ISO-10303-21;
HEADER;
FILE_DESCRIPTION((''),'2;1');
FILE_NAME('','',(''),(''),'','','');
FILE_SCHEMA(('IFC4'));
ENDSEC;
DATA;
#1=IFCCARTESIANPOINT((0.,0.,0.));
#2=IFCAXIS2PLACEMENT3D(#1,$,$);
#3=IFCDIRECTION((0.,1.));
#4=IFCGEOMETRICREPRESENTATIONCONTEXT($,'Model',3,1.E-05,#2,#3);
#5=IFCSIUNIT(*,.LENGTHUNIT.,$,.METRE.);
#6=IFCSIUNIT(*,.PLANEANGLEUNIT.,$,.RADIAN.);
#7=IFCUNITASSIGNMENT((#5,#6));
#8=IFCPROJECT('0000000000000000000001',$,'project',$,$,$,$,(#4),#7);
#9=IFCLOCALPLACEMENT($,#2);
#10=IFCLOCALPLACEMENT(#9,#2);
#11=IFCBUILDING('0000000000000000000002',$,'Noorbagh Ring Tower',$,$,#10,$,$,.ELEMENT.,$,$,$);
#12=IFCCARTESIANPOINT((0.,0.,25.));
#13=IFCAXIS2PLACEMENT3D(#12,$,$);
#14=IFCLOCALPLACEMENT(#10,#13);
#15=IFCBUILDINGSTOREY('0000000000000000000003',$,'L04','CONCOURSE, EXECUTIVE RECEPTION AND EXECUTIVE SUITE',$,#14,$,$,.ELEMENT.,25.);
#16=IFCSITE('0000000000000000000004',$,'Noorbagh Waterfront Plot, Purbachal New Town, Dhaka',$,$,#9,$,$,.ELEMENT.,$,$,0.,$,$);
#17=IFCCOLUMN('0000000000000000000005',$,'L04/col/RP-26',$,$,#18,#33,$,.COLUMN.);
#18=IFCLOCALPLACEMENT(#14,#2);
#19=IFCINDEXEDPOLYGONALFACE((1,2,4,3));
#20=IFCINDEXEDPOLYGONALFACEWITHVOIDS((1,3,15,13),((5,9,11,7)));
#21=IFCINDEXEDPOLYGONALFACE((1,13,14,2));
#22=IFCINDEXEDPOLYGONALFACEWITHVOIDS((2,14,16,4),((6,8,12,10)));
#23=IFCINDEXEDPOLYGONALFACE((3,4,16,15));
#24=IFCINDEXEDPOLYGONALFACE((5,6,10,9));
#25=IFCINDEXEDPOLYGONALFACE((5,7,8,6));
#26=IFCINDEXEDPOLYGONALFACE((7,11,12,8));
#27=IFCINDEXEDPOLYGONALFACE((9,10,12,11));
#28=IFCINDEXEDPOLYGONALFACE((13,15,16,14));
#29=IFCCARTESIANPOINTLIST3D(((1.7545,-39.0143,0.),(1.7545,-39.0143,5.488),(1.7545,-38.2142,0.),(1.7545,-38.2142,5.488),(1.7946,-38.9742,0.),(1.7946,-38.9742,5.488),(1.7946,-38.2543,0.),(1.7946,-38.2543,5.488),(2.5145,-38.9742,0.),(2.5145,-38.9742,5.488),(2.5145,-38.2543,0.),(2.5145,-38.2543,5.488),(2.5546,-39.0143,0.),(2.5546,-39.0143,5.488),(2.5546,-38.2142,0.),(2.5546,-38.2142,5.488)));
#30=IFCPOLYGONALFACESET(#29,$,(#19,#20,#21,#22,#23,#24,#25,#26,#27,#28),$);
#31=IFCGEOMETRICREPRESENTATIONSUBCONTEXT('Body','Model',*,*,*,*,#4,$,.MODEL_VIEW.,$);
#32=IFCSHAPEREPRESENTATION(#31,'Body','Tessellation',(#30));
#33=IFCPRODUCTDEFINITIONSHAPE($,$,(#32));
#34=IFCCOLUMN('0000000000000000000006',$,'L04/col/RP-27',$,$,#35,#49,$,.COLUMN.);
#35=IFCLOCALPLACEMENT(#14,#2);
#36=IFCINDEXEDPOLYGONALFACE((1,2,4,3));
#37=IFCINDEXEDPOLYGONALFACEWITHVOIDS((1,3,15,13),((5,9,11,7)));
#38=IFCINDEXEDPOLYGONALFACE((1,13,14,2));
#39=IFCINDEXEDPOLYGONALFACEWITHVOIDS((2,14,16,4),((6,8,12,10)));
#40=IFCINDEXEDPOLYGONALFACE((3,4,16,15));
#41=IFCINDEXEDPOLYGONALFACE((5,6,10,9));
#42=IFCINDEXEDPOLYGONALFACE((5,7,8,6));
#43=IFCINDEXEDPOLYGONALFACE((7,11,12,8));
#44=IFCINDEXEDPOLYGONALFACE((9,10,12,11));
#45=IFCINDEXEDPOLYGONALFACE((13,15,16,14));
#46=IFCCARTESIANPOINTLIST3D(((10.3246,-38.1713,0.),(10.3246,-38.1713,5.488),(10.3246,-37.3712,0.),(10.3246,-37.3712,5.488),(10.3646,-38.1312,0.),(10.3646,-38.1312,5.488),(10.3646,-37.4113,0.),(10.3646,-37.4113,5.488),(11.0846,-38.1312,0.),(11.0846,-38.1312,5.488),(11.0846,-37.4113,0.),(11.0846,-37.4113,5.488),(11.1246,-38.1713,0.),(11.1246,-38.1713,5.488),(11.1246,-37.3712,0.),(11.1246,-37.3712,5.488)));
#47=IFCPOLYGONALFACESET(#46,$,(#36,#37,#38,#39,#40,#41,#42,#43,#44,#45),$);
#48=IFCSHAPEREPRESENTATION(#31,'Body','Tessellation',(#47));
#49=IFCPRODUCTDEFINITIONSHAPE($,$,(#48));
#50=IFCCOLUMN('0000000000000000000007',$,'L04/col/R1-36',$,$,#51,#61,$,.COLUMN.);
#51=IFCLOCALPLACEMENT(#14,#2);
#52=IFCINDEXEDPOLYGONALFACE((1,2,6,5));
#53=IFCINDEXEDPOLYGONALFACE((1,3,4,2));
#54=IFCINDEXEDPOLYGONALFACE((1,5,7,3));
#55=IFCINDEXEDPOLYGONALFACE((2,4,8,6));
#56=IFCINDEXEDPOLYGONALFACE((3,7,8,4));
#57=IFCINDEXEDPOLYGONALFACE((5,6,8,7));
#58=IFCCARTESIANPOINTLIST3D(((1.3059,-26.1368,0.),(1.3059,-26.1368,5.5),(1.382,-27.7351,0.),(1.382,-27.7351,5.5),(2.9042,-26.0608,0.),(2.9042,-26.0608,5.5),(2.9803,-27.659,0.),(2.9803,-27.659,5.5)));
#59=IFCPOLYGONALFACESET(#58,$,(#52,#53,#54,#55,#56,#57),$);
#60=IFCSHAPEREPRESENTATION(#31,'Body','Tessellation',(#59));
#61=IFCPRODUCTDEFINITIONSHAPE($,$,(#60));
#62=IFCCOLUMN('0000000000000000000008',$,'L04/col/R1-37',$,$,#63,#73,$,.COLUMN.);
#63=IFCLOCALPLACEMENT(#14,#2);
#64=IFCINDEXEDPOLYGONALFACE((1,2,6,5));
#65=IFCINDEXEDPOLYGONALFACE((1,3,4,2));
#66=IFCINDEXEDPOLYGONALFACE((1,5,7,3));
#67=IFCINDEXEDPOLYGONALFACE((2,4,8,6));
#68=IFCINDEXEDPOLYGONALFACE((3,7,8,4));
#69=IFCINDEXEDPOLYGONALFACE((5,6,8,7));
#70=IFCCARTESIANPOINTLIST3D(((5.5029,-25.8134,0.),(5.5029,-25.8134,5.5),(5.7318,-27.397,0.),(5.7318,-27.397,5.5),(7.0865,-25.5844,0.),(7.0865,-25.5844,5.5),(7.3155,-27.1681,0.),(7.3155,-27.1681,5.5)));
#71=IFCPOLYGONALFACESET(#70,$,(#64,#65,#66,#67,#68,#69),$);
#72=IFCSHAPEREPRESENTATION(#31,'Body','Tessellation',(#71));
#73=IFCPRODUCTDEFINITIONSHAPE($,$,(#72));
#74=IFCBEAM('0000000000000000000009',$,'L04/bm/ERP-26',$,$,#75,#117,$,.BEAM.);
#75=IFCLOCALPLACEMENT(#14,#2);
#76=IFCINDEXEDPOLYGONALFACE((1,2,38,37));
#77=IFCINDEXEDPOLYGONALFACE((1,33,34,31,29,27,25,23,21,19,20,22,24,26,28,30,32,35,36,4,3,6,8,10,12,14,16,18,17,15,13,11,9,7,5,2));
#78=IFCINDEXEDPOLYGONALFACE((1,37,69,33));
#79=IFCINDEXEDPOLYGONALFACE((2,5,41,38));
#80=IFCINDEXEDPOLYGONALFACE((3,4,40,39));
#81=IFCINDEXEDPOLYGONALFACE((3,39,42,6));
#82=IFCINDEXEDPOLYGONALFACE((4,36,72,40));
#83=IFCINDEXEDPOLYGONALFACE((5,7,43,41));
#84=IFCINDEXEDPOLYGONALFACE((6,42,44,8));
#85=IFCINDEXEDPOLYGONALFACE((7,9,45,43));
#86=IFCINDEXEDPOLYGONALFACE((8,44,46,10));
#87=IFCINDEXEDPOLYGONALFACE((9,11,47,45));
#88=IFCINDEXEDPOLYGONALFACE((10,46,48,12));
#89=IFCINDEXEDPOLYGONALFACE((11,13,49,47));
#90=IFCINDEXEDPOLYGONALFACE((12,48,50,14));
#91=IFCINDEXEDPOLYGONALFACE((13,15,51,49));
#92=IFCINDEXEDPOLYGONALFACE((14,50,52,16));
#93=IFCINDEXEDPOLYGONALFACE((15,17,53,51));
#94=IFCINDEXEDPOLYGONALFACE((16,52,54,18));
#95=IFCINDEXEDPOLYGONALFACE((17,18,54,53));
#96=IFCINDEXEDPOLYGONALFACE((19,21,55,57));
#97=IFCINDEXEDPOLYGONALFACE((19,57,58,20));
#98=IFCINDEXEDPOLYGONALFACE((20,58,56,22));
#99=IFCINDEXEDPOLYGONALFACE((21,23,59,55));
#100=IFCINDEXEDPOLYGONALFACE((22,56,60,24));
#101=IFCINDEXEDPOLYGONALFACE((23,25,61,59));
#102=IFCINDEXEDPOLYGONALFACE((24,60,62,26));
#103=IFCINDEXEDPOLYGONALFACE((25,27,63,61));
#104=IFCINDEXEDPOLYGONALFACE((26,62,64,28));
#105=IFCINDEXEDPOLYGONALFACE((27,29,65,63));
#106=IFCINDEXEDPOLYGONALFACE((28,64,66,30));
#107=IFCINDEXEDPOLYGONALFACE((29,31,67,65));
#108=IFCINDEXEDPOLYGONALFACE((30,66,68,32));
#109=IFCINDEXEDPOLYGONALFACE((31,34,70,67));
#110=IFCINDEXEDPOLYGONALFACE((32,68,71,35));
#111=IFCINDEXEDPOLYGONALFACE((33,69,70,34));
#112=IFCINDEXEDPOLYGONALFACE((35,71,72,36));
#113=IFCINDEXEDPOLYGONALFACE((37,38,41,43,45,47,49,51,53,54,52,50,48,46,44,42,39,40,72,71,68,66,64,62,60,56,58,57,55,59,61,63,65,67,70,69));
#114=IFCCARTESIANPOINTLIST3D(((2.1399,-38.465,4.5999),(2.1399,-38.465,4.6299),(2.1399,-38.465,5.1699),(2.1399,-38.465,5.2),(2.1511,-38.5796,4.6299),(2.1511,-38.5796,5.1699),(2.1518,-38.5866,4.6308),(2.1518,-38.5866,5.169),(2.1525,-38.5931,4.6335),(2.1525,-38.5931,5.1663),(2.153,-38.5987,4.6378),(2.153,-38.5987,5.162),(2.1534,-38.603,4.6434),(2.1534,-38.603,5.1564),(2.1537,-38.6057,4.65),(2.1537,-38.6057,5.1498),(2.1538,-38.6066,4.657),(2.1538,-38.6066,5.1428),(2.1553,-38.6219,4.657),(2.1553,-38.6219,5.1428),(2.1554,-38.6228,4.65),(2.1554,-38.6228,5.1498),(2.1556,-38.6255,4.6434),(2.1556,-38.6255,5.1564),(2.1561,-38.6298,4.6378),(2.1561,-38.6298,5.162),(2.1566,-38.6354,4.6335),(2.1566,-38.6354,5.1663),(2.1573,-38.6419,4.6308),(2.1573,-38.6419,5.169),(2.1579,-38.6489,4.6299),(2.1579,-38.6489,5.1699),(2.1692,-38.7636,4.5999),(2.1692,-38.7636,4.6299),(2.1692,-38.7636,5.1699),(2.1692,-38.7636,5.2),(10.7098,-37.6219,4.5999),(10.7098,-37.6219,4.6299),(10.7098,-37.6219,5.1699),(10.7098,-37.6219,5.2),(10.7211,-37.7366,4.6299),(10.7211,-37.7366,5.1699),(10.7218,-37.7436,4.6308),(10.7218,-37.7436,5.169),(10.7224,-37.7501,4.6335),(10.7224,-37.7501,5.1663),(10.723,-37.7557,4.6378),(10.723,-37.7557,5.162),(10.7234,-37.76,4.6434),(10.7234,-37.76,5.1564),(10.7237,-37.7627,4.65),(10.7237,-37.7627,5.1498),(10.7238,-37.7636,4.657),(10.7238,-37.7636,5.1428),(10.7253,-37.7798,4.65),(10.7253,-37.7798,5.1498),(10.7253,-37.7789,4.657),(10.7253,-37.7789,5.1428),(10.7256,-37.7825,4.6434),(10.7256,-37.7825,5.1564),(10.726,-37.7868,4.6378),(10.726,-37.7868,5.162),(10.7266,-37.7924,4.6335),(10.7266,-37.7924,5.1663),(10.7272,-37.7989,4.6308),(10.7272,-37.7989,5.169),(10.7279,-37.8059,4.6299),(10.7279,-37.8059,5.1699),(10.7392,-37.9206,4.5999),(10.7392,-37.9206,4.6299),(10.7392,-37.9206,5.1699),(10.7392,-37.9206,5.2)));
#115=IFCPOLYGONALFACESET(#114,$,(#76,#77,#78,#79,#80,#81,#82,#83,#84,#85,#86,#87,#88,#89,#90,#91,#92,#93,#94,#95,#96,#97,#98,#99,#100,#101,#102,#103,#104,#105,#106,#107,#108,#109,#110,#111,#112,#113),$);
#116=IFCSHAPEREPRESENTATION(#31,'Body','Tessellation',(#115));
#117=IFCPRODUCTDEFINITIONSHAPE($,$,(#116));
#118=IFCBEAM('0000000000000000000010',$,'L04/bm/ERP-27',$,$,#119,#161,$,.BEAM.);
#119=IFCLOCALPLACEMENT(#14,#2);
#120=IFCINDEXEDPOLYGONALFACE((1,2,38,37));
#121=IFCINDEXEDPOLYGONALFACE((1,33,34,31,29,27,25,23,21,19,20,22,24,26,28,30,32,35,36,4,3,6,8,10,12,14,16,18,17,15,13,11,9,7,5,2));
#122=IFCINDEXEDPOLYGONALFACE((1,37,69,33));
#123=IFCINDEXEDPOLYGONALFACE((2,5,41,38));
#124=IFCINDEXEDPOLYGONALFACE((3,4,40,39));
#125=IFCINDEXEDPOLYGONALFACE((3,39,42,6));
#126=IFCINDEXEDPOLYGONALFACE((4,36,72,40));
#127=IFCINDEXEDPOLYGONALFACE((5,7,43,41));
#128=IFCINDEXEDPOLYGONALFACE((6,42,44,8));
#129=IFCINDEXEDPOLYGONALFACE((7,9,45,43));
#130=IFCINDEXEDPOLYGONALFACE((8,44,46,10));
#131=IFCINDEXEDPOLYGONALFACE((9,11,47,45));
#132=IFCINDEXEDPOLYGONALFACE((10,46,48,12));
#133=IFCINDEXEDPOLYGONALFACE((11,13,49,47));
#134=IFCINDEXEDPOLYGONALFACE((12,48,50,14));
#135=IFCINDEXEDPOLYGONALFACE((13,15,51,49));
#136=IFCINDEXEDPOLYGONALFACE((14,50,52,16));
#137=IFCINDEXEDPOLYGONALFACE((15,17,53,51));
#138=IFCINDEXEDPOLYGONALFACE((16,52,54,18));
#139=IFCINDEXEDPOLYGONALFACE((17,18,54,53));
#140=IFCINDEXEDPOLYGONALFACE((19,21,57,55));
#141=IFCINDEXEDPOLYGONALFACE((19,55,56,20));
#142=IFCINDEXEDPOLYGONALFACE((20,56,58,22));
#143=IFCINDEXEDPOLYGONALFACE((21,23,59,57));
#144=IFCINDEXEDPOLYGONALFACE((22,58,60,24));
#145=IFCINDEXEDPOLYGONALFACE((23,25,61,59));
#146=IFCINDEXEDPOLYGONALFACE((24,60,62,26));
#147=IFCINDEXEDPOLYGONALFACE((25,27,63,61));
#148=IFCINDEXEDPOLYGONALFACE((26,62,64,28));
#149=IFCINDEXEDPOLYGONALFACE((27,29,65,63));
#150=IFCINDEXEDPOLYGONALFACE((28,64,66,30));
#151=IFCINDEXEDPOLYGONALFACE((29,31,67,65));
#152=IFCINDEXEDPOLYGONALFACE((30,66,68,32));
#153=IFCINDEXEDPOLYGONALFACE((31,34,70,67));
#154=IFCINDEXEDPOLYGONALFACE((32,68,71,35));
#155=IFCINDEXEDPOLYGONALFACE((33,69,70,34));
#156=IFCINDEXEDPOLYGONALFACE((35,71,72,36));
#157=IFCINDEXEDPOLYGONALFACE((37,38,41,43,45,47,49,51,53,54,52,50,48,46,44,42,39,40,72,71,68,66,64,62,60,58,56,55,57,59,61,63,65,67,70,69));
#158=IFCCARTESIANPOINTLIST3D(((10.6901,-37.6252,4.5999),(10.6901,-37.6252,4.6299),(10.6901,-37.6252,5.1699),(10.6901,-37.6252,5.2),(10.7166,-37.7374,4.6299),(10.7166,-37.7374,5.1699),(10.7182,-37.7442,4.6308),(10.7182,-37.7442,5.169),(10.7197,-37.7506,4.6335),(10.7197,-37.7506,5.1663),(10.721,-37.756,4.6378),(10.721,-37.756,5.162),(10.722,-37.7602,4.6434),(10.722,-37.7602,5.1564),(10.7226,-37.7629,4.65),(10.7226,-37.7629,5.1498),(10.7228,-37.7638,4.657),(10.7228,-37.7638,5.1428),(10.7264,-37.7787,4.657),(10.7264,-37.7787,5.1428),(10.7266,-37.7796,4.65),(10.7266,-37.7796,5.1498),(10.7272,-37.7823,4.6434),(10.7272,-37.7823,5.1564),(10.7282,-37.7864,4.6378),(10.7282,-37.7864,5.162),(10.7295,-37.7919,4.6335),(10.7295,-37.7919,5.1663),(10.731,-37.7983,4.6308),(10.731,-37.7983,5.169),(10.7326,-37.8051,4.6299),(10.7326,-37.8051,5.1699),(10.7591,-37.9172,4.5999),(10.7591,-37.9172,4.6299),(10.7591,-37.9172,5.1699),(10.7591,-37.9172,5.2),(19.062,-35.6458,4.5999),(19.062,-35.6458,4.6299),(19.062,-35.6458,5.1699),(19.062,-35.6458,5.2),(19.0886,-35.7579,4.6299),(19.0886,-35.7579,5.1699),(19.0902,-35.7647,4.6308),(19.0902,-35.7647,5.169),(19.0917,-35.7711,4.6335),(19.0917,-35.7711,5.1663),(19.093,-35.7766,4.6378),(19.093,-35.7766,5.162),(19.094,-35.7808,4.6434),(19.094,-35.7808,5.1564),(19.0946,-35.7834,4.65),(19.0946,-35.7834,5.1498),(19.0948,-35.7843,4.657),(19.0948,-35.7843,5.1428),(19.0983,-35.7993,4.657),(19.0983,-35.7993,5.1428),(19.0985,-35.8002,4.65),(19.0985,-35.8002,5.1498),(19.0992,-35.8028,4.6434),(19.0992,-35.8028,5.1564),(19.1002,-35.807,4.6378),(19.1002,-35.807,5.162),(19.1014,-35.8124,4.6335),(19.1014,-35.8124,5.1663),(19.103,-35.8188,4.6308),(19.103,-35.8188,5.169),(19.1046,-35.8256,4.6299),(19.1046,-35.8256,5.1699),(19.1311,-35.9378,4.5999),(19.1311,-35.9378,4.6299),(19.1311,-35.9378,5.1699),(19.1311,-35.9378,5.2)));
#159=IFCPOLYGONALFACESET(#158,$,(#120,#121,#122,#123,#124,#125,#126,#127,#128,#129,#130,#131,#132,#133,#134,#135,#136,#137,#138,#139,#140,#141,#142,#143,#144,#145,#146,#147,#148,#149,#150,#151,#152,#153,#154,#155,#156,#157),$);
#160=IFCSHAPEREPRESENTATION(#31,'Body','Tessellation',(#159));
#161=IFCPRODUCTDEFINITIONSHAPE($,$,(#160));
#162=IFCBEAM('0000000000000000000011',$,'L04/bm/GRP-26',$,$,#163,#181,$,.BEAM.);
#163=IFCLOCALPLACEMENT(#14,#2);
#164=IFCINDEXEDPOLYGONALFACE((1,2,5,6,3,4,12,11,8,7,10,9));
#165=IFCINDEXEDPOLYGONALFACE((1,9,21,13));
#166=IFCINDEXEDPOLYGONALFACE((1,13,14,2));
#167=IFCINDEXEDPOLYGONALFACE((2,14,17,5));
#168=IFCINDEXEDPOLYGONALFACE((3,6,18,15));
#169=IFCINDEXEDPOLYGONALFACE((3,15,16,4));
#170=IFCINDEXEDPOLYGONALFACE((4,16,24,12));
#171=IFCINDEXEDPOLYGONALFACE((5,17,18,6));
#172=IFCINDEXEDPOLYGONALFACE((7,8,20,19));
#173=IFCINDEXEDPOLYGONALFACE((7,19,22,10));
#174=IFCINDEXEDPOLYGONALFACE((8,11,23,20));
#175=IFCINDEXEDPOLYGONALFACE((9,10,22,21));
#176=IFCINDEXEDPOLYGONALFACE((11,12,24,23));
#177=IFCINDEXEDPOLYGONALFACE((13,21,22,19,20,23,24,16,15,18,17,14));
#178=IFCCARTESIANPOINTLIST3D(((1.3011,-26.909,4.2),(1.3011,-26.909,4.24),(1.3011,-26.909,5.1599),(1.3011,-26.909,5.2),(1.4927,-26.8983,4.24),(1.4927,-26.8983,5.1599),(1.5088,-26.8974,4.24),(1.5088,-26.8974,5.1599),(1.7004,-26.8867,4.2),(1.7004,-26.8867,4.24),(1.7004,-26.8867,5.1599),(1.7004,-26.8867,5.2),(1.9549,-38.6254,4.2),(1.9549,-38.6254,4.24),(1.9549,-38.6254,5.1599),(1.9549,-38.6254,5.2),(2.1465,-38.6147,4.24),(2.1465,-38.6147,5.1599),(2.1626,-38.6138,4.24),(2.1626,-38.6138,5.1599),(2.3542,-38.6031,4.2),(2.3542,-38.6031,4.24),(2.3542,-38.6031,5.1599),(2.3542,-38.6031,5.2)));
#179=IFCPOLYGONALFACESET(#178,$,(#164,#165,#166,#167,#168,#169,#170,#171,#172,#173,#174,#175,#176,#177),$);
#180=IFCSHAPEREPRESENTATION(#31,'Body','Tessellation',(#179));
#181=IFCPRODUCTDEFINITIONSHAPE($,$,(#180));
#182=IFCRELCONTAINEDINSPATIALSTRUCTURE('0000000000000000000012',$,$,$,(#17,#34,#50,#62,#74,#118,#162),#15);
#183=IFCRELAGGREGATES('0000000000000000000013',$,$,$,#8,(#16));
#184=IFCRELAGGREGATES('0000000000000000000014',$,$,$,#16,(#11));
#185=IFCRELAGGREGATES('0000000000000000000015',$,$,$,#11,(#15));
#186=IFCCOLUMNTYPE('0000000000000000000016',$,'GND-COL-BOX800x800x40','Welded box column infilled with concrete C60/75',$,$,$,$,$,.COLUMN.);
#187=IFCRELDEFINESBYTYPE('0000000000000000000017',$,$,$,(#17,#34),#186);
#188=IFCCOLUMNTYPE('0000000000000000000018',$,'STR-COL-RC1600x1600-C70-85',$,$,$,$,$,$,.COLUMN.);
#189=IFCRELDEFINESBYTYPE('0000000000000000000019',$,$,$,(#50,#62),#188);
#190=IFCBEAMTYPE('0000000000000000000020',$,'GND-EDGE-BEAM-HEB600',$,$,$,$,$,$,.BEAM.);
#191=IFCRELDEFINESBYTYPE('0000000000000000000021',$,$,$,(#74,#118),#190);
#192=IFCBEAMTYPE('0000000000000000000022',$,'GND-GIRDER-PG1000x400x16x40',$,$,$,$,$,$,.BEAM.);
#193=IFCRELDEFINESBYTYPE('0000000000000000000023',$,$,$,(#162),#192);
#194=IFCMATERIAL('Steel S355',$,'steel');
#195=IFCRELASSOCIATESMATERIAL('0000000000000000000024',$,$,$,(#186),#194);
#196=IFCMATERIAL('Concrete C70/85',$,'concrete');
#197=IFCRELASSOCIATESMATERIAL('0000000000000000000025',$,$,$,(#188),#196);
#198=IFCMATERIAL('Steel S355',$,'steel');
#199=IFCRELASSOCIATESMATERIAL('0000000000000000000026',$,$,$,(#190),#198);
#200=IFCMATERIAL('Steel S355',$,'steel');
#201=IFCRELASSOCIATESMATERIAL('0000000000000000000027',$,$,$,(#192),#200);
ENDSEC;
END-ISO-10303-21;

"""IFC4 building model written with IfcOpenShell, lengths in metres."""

from ifc_helpers import new_model, si_unit, direction, frame, origin, origin_2d, place, context, subcontext, project, spatial, rectangle, hollow_rectangle, i_section, extrude, material, material_profile, profile_set, type_object, element, save


model = new_model("IFC4")

# Units and contexts
model_context = context("Model", 3, precision=1e-05, world=origin(), true_north=direction((0.0, 1.0)))
body_context = subcontext(model_context, "Body", "Model", "MODEL_VIEW")
ifc_project = project(units=[si_unit("LENGTHUNIT", "METRE"), si_unit("PLANEANGLEUNIT", "RADIAN")], contexts=[model_context])

# Site, building, storey
site_placement = place(None, origin())
site = spatial("IfcSite", under=ifc_project, at=site_placement, Name="Noorbagh Waterfront Plot, Purbachal New Town, Dhaka", CompositionType="ELEMENT", RefElevation=0.0)
building_placement = place(site_placement, origin())
building = spatial("IfcBuilding", under=site, at=building_placement, Name="Noorbagh Ring Tower", CompositionType="ELEMENT")
storey_placement = place(building_placement, frame((0.0, 0.0, 25.0)))
storey = spatial("IfcBuildingStorey", under=building, at=storey_placement, Name="L04", Description="CONCOURSE, EXECUTIVE RECEPTION AND EXECUTIVE SUITE", CompositionType="ELEMENT", Elevation=25.0)

# Columns
ifc_material_1 = material(Name="Steel S355", Category="steel")
ifc_material_profile_1 = material_profile(ifc_material_1, hollow_rectangle(XDim=0.8, YDim=0.8, WallThickness=0.04, at=origin_2d()), Name="BOX800x800x40")
ifc_profile_set_1 = profile_set([ifc_material_profile_1], Name="Steel S355")
column_type_1 = type_object("IfcColumnType", Name="GND-COL-BOX800x800x40", Description="Welded box column infilled with concrete C60/75", PredefinedType="COLUMN", material=ifc_profile_set_1)
for number, where, z_axis, x_axis, name in (
    (1, (2.1545, -38.6143, 0.0), (0.0, 0.0, 1.0), (1.0, 0.0, 0.0), "L04/col/RP-26"),
    (2, (10.7246, -37.7712, 0.0), (0.0, 0.0, 1.0), (1.0, 0.0, 0.0), "L04/col/RP-27"),
):
    element("IfcColumn", number, at=place(storey_placement, frame(where, z_axis=z_axis, x_axis=x_axis)), inside=storey, type_object=column_type_1, Name=name, PredefinedType="COLUMN", context=body_context, shape_type="SweptSolid", body=[
        extrude(hollow_rectangle(XDim=0.8, YDim=0.8, WallThickness=0.04, at=origin_2d()), origin(), (0.0, 0.0, 1.0), 5.488),
    ])
ifc_material_2 = material(Name="Concrete C70/85", Category="concrete")
ifc_material_profile_2 = material_profile(ifc_material_2, rectangle(XDim=1.6001, YDim=1.6001, at=origin_2d()), Name="RC1600x1600")
ifc_profile_set_2 = profile_set([ifc_material_profile_2], Name="Concrete C70/85")
column_type_2 = type_object("IfcColumnType", Name="STR-COL-RC1600x1600-C70-85", PredefinedType="COLUMN", material=ifc_profile_set_2)
for number, where, z_axis, x_axis, name in (
    (3, (2.1431, -26.8979, 0.0), (0.0, 0.0, 1.0), (0.998869, 0.047553, 0.0), "L04/col/R1-36"),
    (4, (6.4092, -26.4907, 0.0), (0.0, 0.0, 1.0), (0.989713, 0.143066, 0.0), "L04/col/R1-37"),
):
    element("IfcColumn", number, at=place(storey_placement, frame(where, z_axis=z_axis, x_axis=x_axis)), inside=storey, type_object=column_type_2, Name=name, PredefinedType="COLUMN", context=body_context, shape_type="SweptSolid", body=[
        extrude(rectangle(XDim=1.6001, YDim=1.6001, at=origin_2d()), origin(), (0.0, 0.0, 1.0), 5.5),
    ])

# Beams
ifc_material_3 = material(Name="Steel S355", Category="steel")
ifc_material_profile_3 = material_profile(ifc_material_3, i_section(OverallWidth=0.3, OverallDepth=0.6001, WebThickness=0.0154, FlangeThickness=0.03, FilletRadius=0.0271, at=origin_2d()), Name="HEB600")
ifc_profile_set_3 = profile_set([ifc_material_profile_3], Name="Steel S355")
beam_type_1 = type_object("IfcBeamType", Name="GND-EDGE-BEAM-HEB600", PredefinedType="BEAM", material=ifc_profile_set_3)
beam_1_placement = place(storey_placement, frame((2.1545, -38.6143, 4.8999), z_axis=(0.995197, 0.097895, 0.0), x_axis=(-0.097895, 0.995197, 0.0)))
element("IfcBeam", 5, at=beam_1_placement, inside=storey, type_object=beam_type_1, Name="L04/bm/ERP-26", PredefinedType="BEAM", context=body_context, shape_type="SweptSolid", body=[
    extrude(i_section(OverallWidth=0.3, OverallDepth=0.6001, WebThickness=0.0154, FlangeThickness=0.03, FilletRadius=0.0271, at=origin_2d()), origin(), (0.0, 0.0, 1.0), 8.6113),
])
beam_2_placement = place(storey_placement, frame((10.7246, -37.7712, 4.8999), z_axis=(0.973168, 0.230096, 0.0), x_axis=(-0.230096, 0.973168, 0.0)))
element("IfcBeam", 6, at=beam_2_placement, inside=storey, type_object=beam_type_1, Name="L04/bm/ERP-27", PredefinedType="BEAM", context=body_context, shape_type="SweptSolid", body=[
    extrude(i_section(OverallWidth=0.3, OverallDepth=0.6001, WebThickness=0.0154, FlangeThickness=0.03, FilletRadius=0.0271, at=origin_2d()), origin(), (0.0, 0.0, 1.0), 8.6028),
])
ifc_material_4 = material(Name="Steel S355", Category="steel")
ifc_material_profile_4 = material_profile(ifc_material_4, i_section(OverallWidth=0.3999, OverallDepth=1.0, WebThickness=0.0161, FlangeThickness=0.04, at=origin_2d()), Name="PG1000x400x16x40")
ifc_profile_set_4 = profile_set([ifc_material_profile_4], Name="Steel S355")
beam_type_2 = type_object("IfcBeamType", Name="GND-GIRDER-PG1000x400x16x40", PredefinedType="BEAM", material=ifc_profile_set_4)
beam_3_placement = place(storey_placement, frame((2.1545, -38.6143, 4.7), z_axis=(-0.055717, 0.998447, 0.0), x_axis=(-0.998447, -0.055717, 0.0)))
element("IfcBeam", 7, at=beam_3_placement, inside=storey, type_object=beam_type_2, Name="L04/bm/GRP-26", PredefinedType="BEAM", context=body_context, shape_type="SweptSolid", body=[
    extrude(i_section(OverallWidth=0.3999, OverallDepth=1.0, WebThickness=0.0161, FlangeThickness=0.04, at=origin_2d()), origin(), (0.0, 0.0, 1.0), 11.7346),
])

save(model, "model.ifc")
